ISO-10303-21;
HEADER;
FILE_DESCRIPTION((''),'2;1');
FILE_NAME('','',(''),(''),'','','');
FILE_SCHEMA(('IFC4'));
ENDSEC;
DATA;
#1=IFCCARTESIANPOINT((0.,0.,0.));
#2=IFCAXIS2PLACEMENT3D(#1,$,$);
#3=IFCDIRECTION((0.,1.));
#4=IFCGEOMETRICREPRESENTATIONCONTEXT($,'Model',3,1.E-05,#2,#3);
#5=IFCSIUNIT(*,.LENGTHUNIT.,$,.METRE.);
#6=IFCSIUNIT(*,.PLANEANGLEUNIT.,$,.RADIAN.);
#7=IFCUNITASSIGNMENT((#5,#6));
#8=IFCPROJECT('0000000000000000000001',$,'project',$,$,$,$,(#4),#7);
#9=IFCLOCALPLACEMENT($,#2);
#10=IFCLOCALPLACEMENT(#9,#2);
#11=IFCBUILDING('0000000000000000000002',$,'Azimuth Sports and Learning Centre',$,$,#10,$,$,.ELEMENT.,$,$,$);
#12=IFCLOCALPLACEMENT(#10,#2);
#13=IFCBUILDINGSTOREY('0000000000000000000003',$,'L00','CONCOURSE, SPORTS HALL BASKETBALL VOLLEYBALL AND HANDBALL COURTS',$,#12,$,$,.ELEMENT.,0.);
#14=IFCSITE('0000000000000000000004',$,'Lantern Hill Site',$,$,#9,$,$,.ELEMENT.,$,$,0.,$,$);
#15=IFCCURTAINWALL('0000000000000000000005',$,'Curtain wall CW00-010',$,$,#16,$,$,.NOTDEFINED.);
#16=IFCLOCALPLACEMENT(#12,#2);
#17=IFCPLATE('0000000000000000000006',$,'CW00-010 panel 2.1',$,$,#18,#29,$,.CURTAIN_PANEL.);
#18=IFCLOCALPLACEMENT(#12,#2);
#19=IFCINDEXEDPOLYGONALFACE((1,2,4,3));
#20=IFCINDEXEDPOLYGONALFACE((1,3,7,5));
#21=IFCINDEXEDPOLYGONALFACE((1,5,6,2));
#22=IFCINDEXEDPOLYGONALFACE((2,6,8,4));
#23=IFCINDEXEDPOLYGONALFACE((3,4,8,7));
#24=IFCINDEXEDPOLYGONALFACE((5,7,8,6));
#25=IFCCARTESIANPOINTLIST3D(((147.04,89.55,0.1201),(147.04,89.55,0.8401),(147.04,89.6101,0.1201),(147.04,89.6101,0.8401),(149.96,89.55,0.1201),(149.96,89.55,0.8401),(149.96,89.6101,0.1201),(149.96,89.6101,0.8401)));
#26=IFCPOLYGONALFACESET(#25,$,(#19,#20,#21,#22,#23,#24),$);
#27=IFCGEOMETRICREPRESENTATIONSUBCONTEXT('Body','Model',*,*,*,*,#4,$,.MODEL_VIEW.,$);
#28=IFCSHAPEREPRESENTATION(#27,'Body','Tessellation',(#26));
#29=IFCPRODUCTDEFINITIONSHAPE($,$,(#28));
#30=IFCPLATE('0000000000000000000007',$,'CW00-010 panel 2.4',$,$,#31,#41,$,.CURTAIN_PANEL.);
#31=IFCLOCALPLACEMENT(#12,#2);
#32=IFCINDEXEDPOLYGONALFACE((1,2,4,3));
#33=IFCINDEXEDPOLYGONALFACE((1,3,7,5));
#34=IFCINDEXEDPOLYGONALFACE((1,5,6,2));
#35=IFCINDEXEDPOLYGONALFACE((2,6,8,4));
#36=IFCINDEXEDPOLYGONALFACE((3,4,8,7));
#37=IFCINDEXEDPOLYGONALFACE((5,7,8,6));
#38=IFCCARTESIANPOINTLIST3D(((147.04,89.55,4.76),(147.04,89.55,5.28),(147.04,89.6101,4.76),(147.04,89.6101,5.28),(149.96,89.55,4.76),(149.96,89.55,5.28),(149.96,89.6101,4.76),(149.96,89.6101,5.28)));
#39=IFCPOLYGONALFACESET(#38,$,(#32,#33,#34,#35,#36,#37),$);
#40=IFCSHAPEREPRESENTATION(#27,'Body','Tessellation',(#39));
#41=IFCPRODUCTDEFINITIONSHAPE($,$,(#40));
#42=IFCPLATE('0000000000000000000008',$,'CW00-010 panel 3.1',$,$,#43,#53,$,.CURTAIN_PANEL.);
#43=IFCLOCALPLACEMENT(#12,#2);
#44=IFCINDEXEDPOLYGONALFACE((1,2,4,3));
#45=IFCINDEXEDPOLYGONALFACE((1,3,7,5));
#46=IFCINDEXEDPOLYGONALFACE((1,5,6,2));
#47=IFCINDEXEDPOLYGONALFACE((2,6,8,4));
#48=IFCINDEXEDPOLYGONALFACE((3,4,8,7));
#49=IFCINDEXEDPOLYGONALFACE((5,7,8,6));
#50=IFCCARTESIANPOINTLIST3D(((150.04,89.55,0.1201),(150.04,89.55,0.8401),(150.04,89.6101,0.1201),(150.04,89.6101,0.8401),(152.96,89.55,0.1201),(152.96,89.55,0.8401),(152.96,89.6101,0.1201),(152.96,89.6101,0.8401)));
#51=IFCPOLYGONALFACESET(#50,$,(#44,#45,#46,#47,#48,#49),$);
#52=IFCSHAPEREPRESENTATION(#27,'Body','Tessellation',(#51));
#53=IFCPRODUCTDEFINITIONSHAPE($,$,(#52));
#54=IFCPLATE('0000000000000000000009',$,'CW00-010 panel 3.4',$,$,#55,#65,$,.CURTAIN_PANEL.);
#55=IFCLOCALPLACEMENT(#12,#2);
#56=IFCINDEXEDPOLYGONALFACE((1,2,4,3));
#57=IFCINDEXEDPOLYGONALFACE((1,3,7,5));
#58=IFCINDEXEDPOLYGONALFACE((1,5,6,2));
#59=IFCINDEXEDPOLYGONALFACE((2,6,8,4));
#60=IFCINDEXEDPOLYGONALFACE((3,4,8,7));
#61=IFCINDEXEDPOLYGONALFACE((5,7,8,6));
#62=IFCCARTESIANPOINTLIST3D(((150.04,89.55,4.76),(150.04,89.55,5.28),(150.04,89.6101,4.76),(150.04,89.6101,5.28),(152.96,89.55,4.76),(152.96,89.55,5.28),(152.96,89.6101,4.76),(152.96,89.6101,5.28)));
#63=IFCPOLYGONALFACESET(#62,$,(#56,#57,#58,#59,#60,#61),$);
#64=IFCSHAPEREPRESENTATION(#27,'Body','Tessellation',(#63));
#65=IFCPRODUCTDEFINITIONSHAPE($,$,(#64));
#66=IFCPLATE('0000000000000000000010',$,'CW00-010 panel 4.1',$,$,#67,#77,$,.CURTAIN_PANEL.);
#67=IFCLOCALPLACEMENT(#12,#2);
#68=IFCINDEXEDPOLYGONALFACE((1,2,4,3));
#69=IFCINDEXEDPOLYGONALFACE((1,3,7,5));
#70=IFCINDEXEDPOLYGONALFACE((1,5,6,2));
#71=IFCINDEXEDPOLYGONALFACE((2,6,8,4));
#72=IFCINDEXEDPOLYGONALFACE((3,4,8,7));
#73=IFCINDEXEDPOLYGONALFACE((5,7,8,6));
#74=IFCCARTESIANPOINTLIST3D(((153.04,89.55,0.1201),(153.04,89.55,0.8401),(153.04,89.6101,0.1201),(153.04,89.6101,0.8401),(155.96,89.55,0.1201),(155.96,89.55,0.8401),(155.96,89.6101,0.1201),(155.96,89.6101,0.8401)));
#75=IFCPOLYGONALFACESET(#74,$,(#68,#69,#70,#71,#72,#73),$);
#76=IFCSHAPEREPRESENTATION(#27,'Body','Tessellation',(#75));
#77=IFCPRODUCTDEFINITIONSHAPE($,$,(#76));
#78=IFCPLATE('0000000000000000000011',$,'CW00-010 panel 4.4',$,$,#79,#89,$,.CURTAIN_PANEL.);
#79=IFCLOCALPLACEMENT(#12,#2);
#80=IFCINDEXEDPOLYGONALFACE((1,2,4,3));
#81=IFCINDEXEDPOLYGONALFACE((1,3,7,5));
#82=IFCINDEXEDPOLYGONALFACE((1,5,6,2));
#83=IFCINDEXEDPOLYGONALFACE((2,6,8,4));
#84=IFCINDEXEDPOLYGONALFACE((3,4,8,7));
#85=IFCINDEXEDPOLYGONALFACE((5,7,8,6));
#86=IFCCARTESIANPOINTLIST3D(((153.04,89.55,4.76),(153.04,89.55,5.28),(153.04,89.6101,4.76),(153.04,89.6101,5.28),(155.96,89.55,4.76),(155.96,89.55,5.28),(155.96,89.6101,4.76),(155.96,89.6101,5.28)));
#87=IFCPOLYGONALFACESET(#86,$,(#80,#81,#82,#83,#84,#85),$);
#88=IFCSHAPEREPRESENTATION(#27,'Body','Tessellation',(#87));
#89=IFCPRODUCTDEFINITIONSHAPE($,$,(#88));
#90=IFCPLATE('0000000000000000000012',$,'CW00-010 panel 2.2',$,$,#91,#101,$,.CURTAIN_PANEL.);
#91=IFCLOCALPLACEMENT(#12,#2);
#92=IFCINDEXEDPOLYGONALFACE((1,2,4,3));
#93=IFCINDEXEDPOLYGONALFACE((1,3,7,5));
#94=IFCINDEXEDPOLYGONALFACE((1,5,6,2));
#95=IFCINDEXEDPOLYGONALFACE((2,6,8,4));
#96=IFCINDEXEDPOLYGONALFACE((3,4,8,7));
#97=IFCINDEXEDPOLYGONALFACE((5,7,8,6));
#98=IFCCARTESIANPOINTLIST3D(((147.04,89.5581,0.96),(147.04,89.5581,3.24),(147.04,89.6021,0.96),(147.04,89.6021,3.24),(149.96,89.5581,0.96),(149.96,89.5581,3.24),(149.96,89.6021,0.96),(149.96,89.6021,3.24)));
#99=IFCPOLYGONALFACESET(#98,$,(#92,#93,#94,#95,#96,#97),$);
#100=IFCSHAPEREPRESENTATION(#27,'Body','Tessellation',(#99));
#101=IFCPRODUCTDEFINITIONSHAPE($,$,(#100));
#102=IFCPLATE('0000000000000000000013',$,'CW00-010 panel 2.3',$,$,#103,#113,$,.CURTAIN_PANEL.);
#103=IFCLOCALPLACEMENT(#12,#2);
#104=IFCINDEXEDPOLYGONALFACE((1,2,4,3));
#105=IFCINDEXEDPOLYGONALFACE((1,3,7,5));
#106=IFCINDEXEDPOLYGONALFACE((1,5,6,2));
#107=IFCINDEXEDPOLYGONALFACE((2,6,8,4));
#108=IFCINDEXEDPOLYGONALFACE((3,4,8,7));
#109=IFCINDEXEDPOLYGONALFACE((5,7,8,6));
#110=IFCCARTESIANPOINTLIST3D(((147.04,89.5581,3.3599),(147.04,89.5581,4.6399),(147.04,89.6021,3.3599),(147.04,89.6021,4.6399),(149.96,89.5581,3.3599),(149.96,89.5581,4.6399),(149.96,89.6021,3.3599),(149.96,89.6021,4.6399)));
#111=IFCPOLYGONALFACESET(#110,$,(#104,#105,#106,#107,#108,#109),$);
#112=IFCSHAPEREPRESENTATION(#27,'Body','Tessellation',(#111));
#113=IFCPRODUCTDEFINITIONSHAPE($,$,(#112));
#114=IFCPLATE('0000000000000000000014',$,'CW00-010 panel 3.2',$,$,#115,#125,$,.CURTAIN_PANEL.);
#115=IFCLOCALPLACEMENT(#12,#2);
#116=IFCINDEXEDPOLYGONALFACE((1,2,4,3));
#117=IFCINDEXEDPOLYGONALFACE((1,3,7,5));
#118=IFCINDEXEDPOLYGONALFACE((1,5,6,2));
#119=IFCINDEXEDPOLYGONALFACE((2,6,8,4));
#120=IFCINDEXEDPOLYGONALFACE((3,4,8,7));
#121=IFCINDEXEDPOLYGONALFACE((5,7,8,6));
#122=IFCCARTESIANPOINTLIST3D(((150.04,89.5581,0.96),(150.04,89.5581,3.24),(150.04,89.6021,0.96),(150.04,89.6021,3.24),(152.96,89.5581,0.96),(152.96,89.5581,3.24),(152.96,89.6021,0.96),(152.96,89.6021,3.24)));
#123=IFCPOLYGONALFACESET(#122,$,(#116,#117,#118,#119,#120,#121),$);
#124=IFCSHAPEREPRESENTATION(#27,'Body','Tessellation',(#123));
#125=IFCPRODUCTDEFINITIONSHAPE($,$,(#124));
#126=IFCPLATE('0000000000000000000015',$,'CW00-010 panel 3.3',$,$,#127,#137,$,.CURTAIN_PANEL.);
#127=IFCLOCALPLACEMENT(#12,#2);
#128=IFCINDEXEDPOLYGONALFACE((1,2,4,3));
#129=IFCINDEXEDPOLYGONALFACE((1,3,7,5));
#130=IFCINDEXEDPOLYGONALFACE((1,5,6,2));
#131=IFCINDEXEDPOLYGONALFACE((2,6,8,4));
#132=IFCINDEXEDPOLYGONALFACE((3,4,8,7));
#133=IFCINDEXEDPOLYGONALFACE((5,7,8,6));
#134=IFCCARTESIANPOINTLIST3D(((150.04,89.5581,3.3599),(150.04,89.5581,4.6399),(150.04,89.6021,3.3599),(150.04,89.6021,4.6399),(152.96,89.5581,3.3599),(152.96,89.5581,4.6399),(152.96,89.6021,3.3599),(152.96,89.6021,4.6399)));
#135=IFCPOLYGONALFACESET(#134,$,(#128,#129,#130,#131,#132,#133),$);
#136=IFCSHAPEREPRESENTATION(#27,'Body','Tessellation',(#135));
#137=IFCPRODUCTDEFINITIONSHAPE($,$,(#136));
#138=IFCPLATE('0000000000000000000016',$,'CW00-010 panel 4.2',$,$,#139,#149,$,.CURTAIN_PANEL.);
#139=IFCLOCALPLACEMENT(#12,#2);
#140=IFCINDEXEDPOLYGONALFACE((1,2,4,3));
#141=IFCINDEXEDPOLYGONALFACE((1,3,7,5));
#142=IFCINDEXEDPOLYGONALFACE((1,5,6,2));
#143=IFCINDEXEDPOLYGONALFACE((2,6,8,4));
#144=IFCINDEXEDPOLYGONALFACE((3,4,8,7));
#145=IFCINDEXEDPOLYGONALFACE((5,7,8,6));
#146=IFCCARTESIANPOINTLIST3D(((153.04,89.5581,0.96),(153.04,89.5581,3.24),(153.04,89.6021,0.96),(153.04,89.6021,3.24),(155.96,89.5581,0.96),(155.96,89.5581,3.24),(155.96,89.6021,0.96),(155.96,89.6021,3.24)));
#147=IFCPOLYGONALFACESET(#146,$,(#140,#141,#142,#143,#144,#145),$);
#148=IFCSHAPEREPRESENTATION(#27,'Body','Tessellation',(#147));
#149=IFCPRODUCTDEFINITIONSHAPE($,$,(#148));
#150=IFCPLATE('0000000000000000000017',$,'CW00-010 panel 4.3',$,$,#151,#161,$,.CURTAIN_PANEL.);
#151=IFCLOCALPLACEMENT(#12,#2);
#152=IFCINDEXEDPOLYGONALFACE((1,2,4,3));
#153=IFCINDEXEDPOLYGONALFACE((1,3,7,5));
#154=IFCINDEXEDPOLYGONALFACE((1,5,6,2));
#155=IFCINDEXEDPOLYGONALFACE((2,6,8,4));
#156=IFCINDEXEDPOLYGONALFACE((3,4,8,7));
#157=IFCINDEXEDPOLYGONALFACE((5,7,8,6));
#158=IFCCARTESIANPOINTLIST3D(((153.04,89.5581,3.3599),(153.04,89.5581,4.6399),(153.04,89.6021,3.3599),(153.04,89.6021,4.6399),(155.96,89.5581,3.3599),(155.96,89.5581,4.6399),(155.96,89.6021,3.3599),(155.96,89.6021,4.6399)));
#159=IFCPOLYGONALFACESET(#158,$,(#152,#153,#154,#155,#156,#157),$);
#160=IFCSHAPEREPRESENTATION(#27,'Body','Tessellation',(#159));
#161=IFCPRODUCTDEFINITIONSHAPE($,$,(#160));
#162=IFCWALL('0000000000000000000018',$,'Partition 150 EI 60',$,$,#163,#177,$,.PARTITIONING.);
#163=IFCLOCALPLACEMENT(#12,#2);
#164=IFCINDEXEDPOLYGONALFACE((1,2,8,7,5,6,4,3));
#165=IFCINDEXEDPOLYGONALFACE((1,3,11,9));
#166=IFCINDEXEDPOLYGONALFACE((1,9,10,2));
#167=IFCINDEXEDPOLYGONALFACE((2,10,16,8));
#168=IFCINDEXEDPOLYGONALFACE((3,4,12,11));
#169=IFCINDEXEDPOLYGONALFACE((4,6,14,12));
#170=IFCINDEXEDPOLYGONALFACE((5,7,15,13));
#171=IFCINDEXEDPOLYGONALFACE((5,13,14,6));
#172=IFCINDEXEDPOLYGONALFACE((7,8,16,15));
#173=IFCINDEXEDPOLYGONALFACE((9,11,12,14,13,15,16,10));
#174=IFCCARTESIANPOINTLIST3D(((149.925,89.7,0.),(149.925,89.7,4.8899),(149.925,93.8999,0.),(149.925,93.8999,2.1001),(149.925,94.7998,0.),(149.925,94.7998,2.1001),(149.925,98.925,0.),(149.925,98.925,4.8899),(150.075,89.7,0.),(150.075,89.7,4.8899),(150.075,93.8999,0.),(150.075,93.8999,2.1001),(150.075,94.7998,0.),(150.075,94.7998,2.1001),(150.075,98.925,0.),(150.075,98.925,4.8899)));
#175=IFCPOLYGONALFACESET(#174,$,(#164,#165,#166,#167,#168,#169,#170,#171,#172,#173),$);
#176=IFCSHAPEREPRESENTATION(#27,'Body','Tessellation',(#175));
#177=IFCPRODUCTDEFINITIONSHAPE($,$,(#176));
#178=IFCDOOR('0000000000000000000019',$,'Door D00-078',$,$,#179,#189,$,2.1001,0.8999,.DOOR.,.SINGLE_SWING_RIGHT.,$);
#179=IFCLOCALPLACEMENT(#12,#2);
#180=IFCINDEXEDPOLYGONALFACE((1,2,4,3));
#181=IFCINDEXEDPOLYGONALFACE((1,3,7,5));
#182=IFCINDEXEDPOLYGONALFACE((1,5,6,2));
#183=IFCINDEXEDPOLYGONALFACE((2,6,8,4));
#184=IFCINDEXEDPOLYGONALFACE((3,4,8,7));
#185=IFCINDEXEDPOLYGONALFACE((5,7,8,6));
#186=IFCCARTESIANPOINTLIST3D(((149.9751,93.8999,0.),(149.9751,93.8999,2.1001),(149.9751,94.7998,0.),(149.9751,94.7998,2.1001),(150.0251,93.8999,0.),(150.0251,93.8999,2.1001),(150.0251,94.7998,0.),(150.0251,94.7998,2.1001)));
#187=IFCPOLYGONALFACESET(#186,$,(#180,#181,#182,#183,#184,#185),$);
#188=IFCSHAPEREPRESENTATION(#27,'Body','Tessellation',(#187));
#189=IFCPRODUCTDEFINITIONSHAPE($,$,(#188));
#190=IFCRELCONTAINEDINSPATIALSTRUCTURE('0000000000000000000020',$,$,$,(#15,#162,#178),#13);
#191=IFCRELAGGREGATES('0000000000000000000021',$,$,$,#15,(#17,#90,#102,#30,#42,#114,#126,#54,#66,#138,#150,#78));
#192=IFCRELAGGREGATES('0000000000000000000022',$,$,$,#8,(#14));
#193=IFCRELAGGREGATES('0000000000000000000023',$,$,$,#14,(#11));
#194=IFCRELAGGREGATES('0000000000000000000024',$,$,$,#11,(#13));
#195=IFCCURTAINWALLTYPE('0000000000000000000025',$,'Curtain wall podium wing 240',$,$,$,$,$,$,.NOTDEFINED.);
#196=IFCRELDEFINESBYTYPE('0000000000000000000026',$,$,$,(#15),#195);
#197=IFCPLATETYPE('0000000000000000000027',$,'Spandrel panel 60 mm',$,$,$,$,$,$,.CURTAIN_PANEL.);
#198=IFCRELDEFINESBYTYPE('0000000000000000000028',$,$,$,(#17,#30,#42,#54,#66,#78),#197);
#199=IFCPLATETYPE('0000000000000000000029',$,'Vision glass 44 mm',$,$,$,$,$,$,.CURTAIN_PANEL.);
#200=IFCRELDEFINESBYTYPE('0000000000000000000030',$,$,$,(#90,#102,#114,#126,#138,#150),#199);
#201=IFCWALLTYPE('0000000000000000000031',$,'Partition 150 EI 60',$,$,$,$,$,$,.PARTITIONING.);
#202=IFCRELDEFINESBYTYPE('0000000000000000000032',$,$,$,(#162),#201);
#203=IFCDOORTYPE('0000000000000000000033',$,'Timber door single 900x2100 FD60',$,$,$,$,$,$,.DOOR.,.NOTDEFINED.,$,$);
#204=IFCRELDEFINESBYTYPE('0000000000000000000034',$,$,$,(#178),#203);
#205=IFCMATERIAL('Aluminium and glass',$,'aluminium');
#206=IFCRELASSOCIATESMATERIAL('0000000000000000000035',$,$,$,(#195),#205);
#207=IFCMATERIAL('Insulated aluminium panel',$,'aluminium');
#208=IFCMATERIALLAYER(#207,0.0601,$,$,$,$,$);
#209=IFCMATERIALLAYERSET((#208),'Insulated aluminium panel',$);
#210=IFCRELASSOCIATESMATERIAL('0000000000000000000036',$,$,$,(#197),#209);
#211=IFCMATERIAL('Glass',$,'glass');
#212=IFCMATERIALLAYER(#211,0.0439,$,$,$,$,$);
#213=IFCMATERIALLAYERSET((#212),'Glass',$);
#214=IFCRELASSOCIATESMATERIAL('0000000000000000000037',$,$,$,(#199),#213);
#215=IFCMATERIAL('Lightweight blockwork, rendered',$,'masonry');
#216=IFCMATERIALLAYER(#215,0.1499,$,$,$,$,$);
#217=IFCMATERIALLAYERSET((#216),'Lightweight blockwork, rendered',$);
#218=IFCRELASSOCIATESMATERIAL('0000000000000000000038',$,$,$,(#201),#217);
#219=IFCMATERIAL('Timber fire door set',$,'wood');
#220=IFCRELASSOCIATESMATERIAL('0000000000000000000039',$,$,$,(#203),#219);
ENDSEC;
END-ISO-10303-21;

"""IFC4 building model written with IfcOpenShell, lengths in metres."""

from ifc_helpers import new_model, si_unit, direction, frame, frame_2d, origin, origin_2d, place, context, subcontext, project, spatial, rectangle, extrude, material, layer, layer_set, type_object, element, fill, aggregate, save


model = new_model("IFC4")

# Units and contexts
model_context = context("Model", 3, precision=1e-05, world=origin(), true_north=direction((0.0, 1.0)))
body_context = subcontext(model_context, "Body", "Model", "MODEL_VIEW")
ifc_project = project(units=[si_unit("LENGTHUNIT", "METRE"), si_unit("PLANEANGLEUNIT", "RADIAN")], contexts=[model_context])

# Site, building, storey
site_placement = place(None, origin())
site = spatial("IfcSite", under=ifc_project, at=site_placement, Name="Lantern Hill Site", CompositionType="ELEMENT", RefElevation=0.0)
building_placement = place(site_placement, origin())
building = spatial("IfcBuilding", under=site, at=building_placement, Name="Azimuth Sports and Learning Centre", CompositionType="ELEMENT")
storey_placement = place(building_placement, origin())
storey = spatial("IfcBuildingStorey", under=building, at=storey_placement, Name="L00", Description="CONCOURSE, SPORTS HALL BASKETBALL VOLLEYBALL AND HANDBALL COURTS", CompositionType="ELEMENT", Elevation=0.0)

# Curtain wall, plates
ifc_material_1 = material(Name="Aluminium and glass", Category="aluminium")
curtain_wall_type = type_object("IfcCurtainWallType", Name="Curtain wall podium wing 240", PredefinedType="NOTDEFINED", material=ifc_material_1)
curtain_wall_placement = place(storey_placement, origin())
curtain_wall = element("IfcCurtainWall", 1, at=curtain_wall_placement, inside=storey, type_object=curtain_wall_type, Name="Curtain wall CW00-010", PredefinedType="NOTDEFINED")
ifc_material_2 = material(Name="Insulated aluminium panel", Category="aluminium")
ifc_layer_1 = layer(ifc_material_2, 0.0601)
ifc_layer_set_1 = layer_set([ifc_layer_1], Name="Insulated aluminium panel")
plate_type_1 = type_object("IfcPlateType", Name="Spandrel panel 60 mm", PredefinedType="CURTAIN_PANEL", material=ifc_layer_set_1)
plate_1_placement = place(storey_placement, frame((148.5, 89.5801, 0.1201), z_axis=(0.0, 0.0, 1.0), x_axis=(1.0, 0.0, 0.0)))
plate_1 = element("IfcPlate", 2, at=plate_1_placement, type_object=plate_type_1, Name="CW00-010 panel 2.1", PredefinedType="CURTAIN_PANEL", context=body_context, shape_type="SweptSolid", body=[
    extrude(rectangle(XDim=2.9199, YDim=0.0601, at=origin_2d()), origin(), (0.0, 0.0, 1.0), 0.72),
])
plate_2_placement = place(storey_placement, frame((148.5, 89.5801, 4.76), z_axis=(0.0, 0.0, 1.0), x_axis=(1.0, 0.0, 0.0)))
plate_2 = element("IfcPlate", 3, at=plate_2_placement, type_object=plate_type_1, Name="CW00-010 panel 2.4", PredefinedType="CURTAIN_PANEL", context=body_context, shape_type="SweptSolid", body=[
    extrude(rectangle(XDim=2.9199, YDim=0.0601, at=origin_2d()), origin(), (0.0, 0.0, 1.0), 0.52),
])
plate_3_placement = place(storey_placement, frame((151.5, 89.5801, 0.1201), z_axis=(0.0, 0.0, 1.0), x_axis=(1.0, 0.0, 0.0)))
plate_3 = element("IfcPlate", 4, at=plate_3_placement, type_object=plate_type_1, Name="CW00-010 panel 3.1", PredefinedType="CURTAIN_PANEL", context=body_context, shape_type="SweptSolid", body=[
    extrude(rectangle(XDim=2.9199, YDim=0.0601, at=origin_2d()), origin(), (0.0, 0.0, 1.0), 0.72),
])
plate_4_placement = place(storey_placement, frame((151.5, 89.5801, 4.76), z_axis=(0.0, 0.0, 1.0), x_axis=(1.0, 0.0, 0.0)))
plate_4 = element("IfcPlate", 5, at=plate_4_placement, type_object=plate_type_1, Name="CW00-010 panel 3.4", PredefinedType="CURTAIN_PANEL", context=body_context, shape_type="SweptSolid", body=[
    extrude(rectangle(XDim=2.9199, YDim=0.0601, at=origin_2d()), origin(), (0.0, 0.0, 1.0), 0.52),
])
plate_5_placement = place(storey_placement, frame((154.5, 89.5801, 0.1201), z_axis=(0.0, 0.0, 1.0), x_axis=(1.0, 0.0, 0.0)))
plate_5 = element("IfcPlate", 6, at=plate_5_placement, type_object=plate_type_1, Name="CW00-010 panel 4.1", PredefinedType="CURTAIN_PANEL", context=body_context, shape_type="SweptSolid", body=[
    extrude(rectangle(XDim=2.9199, YDim=0.0601, at=origin_2d()), origin(), (0.0, 0.0, 1.0), 0.72),
])
plate_6_placement = place(storey_placement, frame((154.5, 89.5801, 4.76), z_axis=(0.0, 0.0, 1.0), x_axis=(1.0, 0.0, 0.0)))
plate_6 = element("IfcPlate", 7, at=plate_6_placement, type_object=plate_type_1, Name="CW00-010 panel 4.4", PredefinedType="CURTAIN_PANEL", context=body_context, shape_type="SweptSolid", body=[
    extrude(rectangle(XDim=2.9199, YDim=0.0601, at=origin_2d()), origin(), (0.0, 0.0, 1.0), 0.52),
])
ifc_material_3 = material(Name="Glass", Category="glass")
ifc_layer_2 = layer(ifc_material_3, 0.0439)
ifc_layer_set_2 = layer_set([ifc_layer_2], Name="Glass")
plate_type_2 = type_object("IfcPlateType", Name="Vision glass 44 mm", PredefinedType="CURTAIN_PANEL", material=ifc_layer_set_2)
plate_7_placement = place(storey_placement, frame((148.5, 89.5801, 0.96), z_axis=(0.0, 0.0, 1.0), x_axis=(1.0, 0.0, 0.0)))
plate_7 = element("IfcPlate", 8, at=plate_7_placement, type_object=plate_type_2, Name="CW00-010 panel 2.2", PredefinedType="CURTAIN_PANEL", context=body_context, shape_type="SweptSolid", body=[
    extrude(rectangle(XDim=2.9199, YDim=0.0439, at=origin_2d()), origin(), (0.0, 0.0, 1.0), 2.28),
])
plate_8_placement = place(storey_placement, frame((148.5, 89.5801, 3.3599), z_axis=(0.0, 0.0, 1.0), x_axis=(1.0, 0.0, 0.0)))
plate_8 = element("IfcPlate", 9, at=plate_8_placement, type_object=plate_type_2, Name="CW00-010 panel 2.3", PredefinedType="CURTAIN_PANEL", context=body_context, shape_type="SweptSolid", body=[
    extrude(rectangle(XDim=2.9199, YDim=0.0439, at=origin_2d()), origin(), (0.0, 0.0, 1.0), 1.28),
])
plate_9_placement = place(storey_placement, frame((151.5, 89.5801, 0.96), z_axis=(0.0, 0.0, 1.0), x_axis=(1.0, 0.0, 0.0)))
plate_9 = element("IfcPlate", 10, at=plate_9_placement, type_object=plate_type_2, Name="CW00-010 panel 3.2", PredefinedType="CURTAIN_PANEL", context=body_context, shape_type="SweptSolid", body=[
    extrude(rectangle(XDim=2.9199, YDim=0.0439, at=origin_2d()), origin(), (0.0, 0.0, 1.0), 2.28),
])
plate_10_placement = place(storey_placement, frame((151.5, 89.5801, 3.3599), z_axis=(0.0, 0.0, 1.0), x_axis=(1.0, 0.0, 0.0)))
plate_10 = element("IfcPlate", 11, at=plate_10_placement, type_object=plate_type_2, Name="CW00-010 panel 3.3", PredefinedType="CURTAIN_PANEL", context=body_context, shape_type="SweptSolid", body=[
    extrude(rectangle(XDim=2.9199, YDim=0.0439, at=origin_2d()), origin(), (0.0, 0.0, 1.0), 1.28),
])
plate_11_placement = place(storey_placement, frame((154.5, 89.5801, 0.96), z_axis=(0.0, 0.0, 1.0), x_axis=(1.0, 0.0, 0.0)))
plate_11 = element("IfcPlate", 12, at=plate_11_placement, type_object=plate_type_2, Name="CW00-010 panel 4.2", PredefinedType="CURTAIN_PANEL", context=body_context, shape_type="SweptSolid", body=[
    extrude(rectangle(XDim=2.9199, YDim=0.0439, at=origin_2d()), origin(), (0.0, 0.0, 1.0), 2.28),
])
plate_12_placement = place(storey_placement, frame((154.5, 89.5801, 3.3599), z_axis=(0.0, 0.0, 1.0), x_axis=(1.0, 0.0, 0.0)))
plate_12 = element("IfcPlate", 13, at=plate_12_placement, type_object=plate_type_2, Name="CW00-010 panel 4.3", PredefinedType="CURTAIN_PANEL", context=body_context, shape_type="SweptSolid", body=[
    extrude(rectangle(XDim=2.9199, YDim=0.0439, at=origin_2d()), origin(), (0.0, 0.0, 1.0), 1.28),
])
aggregate(curtain_wall, [plate_1, plate_7, plate_8, plate_2, plate_3, plate_9, plate_10, plate_4, plate_5, plate_11, plate_12, plate_6])

# Wall, opening, door
ifc_material_4 = material(Name="Lightweight blockwork, rendered", Category="masonry")
ifc_layer_3 = layer(ifc_material_4, 0.1499)
ifc_layer_set_3 = layer_set([ifc_layer_3], Name="Lightweight blockwork, rendered")
wall_type = type_object("IfcWallType", Name="Partition 150 EI 60", PredefinedType="PARTITIONING", material=ifc_layer_set_3)
wall_placement = place(storey_placement, frame((150.0, 89.7, 0.0), z_axis=(0.0, 0.0, 1.0), x_axis=(0.0, 1.0, 0.0)))
wall = element("IfcWall", 14, at=wall_placement, inside=storey, type_object=wall_type, Name="Partition 150 EI 60", PredefinedType="PARTITIONING", context=body_context, shape_type="SweptSolid", body=[
    extrude(rectangle(XDim=9.2251, YDim=0.1499, at=frame_2d((4.6125, 0.0))), origin(), (0.0, 0.0, 1.0), 4.8899),
])
opening_placement = place(wall_placement, frame((4.2, 0.0, 0.0)))
opening = element("IfcOpeningElement", 15, at=opening_placement, cuts=wall, PredefinedType="OPENING", context=body_context, shape_type="SweptSolid", body=[
    extrude(rectangle(XDim=0.8999, YDim=2.1001, at=frame_2d((0.45, 1.05))), frame((0.0, 0.0859, 0.0), z_axis=(0.0, -1.0, 0.0), x_axis=(1.0, 0.0, 0.0)), (0.0, 0.0, 1.0), 0.1719),
])
ifc_material_5 = material(Name="Timber fire door set", Category="wood")
door_type = type_object("IfcDoorType", Name="Timber door single 900x2100 FD60", OperationType="NOTDEFINED", PredefinedType="DOOR", material=ifc_material_5)
door_placement = place(opening_placement, origin())
door = element("IfcDoor", 16, at=door_placement, inside=storey, type_object=door_type, Name="Door D00-078", OperationType="SINGLE_SWING_RIGHT", OverallHeight=2.1001, OverallWidth=0.8999, PredefinedType="DOOR", context=body_context, shape_type="SweptSolid", body=[
    extrude(rectangle(XDim=0.8999, YDim=2.1001, at=frame_2d((0.45, 1.05))), frame((0.0, 0.0249, 0.0), z_axis=(0.0, -1.0, 0.0), x_axis=(1.0, 0.0, 0.0)), (0.0, 0.0, 1.0), 0.05),
])
fill(opening, door)

save(model, "model.ifc")
